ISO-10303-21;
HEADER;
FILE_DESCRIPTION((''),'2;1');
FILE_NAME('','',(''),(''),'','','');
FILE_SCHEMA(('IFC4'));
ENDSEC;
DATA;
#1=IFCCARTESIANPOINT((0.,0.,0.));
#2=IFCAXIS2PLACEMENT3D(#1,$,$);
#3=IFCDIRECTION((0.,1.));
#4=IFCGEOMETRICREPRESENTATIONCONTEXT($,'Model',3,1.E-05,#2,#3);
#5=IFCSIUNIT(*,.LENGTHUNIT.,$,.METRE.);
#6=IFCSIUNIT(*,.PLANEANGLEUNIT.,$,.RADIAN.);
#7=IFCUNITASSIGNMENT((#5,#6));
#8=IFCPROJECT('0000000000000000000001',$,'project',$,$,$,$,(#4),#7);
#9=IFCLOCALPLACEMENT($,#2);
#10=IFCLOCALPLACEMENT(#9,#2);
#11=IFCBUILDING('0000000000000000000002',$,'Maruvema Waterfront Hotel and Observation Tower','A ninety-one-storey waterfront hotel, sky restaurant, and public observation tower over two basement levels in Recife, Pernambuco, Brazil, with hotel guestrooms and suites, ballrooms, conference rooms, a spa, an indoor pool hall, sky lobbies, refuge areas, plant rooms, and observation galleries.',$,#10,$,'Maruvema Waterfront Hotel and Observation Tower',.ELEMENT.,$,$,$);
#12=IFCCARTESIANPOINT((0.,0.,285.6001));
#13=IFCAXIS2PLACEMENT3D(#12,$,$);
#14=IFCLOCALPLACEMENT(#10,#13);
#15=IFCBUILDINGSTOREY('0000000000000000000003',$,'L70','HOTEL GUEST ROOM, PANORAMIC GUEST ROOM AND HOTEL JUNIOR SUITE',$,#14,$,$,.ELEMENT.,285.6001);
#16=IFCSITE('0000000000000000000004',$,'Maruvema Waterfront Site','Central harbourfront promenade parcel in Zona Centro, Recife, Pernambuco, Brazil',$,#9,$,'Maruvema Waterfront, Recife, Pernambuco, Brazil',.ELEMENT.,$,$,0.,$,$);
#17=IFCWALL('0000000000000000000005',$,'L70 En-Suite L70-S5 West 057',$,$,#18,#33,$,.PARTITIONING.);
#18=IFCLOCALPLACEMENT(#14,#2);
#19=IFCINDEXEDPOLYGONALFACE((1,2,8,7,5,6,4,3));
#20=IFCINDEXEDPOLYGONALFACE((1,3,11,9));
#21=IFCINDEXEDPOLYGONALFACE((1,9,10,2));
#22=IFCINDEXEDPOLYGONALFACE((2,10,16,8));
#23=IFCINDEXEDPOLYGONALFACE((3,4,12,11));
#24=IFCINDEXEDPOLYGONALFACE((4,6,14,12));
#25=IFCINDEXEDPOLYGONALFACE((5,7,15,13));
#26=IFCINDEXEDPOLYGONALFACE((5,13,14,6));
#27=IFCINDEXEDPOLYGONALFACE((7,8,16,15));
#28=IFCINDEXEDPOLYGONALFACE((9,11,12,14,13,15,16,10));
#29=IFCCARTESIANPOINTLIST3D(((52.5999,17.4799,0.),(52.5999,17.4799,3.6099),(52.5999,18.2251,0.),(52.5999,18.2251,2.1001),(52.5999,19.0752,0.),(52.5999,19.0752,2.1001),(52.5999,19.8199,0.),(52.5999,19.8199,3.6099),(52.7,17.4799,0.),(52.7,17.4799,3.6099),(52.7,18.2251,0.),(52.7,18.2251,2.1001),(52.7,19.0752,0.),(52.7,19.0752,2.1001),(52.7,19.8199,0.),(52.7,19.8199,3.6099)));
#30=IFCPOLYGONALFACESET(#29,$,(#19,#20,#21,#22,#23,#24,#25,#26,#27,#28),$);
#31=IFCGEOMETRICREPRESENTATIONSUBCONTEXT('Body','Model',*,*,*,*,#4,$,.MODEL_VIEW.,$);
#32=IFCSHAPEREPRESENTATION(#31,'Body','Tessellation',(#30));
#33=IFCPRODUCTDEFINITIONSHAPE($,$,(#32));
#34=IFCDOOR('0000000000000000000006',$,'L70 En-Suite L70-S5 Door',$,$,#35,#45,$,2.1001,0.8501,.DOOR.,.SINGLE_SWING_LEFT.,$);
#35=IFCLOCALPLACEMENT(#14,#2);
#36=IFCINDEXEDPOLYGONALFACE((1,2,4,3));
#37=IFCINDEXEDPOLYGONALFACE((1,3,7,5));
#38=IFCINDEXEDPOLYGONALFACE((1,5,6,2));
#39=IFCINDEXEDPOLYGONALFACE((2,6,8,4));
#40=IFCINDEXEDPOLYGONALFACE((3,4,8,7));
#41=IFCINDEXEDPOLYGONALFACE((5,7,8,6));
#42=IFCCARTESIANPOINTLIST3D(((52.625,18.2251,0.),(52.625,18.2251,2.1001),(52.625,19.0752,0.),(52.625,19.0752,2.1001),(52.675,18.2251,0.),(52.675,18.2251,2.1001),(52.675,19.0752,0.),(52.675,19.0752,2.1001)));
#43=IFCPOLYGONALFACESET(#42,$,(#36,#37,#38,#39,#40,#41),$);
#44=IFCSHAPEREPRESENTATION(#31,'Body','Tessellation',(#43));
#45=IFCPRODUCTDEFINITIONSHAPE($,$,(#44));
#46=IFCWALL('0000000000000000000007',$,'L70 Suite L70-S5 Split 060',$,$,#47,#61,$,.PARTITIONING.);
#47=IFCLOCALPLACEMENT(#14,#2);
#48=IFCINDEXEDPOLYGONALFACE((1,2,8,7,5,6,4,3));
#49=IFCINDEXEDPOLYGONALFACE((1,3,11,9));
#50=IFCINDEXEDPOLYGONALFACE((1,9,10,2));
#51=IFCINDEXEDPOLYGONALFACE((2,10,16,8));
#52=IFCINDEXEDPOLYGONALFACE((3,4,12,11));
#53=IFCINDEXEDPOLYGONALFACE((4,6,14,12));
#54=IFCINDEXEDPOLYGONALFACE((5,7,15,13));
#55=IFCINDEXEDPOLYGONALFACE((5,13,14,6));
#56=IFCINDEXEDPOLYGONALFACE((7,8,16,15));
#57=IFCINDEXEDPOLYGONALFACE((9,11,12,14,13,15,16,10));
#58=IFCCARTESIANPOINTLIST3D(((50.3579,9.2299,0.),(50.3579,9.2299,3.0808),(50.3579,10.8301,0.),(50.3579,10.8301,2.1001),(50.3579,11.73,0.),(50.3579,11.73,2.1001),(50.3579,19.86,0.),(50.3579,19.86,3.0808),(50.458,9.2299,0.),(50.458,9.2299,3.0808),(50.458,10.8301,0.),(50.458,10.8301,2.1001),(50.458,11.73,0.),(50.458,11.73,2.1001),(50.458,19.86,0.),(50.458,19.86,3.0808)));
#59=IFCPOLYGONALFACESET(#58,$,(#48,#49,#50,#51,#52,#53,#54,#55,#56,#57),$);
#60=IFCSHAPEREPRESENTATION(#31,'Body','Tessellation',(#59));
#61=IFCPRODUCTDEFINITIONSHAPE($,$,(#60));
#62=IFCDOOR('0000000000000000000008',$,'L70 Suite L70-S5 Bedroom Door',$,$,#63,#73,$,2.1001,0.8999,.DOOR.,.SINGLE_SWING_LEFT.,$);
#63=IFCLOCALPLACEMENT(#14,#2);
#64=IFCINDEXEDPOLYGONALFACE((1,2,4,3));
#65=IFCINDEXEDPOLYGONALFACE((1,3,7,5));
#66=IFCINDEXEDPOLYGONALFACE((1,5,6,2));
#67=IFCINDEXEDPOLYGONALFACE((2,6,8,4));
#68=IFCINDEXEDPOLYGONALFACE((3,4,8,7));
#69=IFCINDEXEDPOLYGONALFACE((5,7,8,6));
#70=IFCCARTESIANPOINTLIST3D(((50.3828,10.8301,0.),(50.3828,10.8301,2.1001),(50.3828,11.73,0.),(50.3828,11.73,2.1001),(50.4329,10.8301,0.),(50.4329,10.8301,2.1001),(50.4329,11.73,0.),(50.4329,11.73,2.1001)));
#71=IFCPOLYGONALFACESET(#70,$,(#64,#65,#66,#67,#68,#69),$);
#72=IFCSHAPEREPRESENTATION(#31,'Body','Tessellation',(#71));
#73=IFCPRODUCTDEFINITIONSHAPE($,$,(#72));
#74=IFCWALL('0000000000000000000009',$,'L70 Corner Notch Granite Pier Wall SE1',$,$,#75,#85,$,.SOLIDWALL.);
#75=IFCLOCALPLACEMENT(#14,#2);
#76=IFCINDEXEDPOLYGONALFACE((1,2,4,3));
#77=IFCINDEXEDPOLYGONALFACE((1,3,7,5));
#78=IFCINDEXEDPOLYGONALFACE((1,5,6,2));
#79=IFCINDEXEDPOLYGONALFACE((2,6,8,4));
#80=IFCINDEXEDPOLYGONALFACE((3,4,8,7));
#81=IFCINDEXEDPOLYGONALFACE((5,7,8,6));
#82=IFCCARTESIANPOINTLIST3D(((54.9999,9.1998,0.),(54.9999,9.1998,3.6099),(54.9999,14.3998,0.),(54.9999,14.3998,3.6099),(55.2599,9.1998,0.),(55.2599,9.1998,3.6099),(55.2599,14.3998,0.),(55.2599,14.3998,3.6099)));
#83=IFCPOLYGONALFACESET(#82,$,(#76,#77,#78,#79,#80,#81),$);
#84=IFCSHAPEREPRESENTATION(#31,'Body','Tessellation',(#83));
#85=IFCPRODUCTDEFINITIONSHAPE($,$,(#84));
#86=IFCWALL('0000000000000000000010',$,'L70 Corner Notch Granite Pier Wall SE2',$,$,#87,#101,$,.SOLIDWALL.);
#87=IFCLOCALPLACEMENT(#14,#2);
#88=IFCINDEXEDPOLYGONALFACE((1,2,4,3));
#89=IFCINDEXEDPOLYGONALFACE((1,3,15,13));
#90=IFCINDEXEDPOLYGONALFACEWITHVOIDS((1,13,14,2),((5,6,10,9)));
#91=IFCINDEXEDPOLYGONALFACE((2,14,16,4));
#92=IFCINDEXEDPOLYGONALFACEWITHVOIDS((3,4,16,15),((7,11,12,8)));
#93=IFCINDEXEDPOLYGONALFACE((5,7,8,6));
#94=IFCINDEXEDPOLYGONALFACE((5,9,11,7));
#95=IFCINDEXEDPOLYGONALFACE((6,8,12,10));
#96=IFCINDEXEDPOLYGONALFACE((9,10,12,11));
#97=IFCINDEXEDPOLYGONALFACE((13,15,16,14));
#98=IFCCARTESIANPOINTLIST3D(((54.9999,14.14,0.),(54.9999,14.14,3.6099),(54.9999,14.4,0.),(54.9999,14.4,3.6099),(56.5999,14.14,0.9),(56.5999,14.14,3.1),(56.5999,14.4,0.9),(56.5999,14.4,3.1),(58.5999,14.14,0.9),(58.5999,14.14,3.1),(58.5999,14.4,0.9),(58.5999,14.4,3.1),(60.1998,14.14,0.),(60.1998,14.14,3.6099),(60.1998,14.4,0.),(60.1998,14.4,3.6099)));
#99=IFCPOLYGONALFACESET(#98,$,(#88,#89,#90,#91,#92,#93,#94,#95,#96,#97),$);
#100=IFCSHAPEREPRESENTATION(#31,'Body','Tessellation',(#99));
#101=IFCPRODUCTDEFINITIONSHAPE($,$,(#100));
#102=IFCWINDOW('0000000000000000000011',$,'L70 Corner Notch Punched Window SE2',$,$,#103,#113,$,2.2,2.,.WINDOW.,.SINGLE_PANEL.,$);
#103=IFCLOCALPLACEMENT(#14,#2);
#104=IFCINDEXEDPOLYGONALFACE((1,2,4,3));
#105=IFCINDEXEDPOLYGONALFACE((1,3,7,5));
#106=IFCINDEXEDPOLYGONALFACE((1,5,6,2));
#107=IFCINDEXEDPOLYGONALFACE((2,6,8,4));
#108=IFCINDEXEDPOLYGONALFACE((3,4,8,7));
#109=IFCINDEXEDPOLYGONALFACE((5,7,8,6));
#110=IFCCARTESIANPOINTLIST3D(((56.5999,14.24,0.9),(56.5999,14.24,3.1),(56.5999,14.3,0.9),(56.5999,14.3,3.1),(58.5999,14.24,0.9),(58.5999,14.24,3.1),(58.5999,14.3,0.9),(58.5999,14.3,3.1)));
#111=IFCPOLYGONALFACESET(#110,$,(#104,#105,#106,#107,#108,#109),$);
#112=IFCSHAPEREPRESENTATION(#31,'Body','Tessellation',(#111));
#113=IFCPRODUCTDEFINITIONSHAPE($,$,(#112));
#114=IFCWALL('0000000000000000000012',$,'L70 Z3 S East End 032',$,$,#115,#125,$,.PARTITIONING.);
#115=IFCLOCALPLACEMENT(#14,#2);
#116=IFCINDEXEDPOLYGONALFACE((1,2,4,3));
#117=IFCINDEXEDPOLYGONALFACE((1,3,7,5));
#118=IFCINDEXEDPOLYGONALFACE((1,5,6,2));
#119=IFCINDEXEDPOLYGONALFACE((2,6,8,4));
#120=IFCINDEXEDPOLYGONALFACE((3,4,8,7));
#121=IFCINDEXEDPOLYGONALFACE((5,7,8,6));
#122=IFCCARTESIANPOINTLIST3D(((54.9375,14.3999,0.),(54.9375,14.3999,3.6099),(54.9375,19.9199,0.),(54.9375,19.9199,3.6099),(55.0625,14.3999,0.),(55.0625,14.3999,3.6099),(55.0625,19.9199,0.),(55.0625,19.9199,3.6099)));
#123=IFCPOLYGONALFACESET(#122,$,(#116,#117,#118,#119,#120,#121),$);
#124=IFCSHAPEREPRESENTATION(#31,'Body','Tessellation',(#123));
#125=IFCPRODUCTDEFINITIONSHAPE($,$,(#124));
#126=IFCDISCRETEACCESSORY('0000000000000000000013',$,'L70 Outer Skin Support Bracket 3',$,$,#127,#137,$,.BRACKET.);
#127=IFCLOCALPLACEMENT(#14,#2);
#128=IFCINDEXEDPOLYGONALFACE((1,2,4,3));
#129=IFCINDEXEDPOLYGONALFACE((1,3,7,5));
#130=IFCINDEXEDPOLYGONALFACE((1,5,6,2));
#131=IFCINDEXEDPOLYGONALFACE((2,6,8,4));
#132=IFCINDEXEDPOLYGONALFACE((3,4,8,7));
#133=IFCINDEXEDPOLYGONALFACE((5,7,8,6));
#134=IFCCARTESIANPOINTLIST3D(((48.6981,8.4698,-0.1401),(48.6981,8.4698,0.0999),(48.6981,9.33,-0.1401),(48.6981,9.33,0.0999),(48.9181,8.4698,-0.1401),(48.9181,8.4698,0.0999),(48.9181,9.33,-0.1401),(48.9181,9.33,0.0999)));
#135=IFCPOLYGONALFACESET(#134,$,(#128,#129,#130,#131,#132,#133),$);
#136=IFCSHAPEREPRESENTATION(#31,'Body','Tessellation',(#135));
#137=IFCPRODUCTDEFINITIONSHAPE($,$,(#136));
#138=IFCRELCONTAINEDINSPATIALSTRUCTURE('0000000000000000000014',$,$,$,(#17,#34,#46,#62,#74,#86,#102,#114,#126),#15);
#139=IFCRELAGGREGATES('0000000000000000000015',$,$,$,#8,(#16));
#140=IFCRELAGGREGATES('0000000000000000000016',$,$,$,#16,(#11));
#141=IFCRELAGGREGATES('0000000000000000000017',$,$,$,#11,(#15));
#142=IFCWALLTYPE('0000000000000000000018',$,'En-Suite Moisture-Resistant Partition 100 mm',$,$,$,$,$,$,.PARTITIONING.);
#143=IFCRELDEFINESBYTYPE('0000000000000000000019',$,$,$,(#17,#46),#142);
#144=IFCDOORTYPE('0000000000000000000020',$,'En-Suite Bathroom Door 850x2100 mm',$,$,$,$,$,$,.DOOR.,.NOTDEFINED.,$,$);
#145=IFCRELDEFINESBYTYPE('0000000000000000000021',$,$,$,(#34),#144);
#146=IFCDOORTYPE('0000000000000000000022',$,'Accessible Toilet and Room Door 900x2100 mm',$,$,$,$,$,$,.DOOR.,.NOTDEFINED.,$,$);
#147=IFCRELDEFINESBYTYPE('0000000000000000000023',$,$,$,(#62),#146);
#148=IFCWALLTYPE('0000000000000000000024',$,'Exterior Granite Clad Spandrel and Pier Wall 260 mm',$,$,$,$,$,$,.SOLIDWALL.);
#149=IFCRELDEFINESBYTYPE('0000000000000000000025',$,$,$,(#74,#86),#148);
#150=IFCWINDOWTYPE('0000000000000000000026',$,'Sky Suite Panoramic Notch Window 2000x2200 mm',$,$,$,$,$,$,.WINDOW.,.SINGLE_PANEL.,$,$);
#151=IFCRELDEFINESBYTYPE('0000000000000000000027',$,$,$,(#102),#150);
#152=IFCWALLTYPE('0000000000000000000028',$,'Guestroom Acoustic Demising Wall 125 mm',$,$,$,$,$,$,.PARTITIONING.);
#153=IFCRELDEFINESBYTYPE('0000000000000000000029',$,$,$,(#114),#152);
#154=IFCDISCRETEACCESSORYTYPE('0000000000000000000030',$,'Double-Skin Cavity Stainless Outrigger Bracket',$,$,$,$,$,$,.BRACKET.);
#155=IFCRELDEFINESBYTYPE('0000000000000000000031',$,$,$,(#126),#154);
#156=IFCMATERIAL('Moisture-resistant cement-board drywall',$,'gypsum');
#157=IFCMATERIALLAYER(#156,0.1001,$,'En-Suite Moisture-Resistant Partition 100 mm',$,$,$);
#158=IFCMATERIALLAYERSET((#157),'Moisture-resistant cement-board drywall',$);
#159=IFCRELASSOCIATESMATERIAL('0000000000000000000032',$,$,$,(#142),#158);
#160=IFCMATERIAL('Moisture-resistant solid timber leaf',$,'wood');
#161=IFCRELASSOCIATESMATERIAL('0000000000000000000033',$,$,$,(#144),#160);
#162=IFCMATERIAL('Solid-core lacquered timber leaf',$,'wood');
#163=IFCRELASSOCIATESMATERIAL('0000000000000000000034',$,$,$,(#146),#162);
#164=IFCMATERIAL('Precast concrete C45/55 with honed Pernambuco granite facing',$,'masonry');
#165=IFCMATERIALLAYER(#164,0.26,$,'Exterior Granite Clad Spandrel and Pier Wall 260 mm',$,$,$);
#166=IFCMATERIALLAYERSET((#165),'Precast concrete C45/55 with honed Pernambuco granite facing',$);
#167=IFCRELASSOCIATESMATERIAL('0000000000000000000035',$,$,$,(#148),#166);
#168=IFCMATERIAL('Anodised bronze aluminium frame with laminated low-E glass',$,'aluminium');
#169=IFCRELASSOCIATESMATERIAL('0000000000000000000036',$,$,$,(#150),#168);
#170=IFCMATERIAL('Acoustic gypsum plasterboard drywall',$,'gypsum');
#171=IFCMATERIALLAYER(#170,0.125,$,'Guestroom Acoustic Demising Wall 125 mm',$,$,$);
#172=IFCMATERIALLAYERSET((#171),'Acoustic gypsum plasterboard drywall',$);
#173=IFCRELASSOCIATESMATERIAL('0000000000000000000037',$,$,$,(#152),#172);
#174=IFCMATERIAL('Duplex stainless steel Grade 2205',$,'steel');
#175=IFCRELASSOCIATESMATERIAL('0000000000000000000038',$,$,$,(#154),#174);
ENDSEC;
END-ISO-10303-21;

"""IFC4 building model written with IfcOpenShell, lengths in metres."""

from ifc_helpers import new_model, si_unit, direction, frame, frame_2d, origin, origin_2d, place, context, subcontext, project, spatial, rectangle, extrude, material, layer, layer_set, type_object, element, fill, save


model = new_model("IFC4")

# Units and contexts
model_context = context("Model", 3, precision=1e-05, world=origin(), true_north=direction((0.0, 1.0)))
body_context = subcontext(model_context, "Body", "Model", "MODEL_VIEW")
ifc_project = project(units=[si_unit("LENGTHUNIT", "METRE"), si_unit("PLANEANGLEUNIT", "RADIAN")], contexts=[model_context])

# Site, building, storey
site_placement = place(None, origin())
site = spatial("IfcSite", under=ifc_project, at=site_placement, Name="Maruvema Waterfront Site", Description="Central harbourfront promenade parcel in Zona Centro, Recife, Pernambuco, Brazil", LongName="Maruvema Waterfront, Recife, Pernambuco, Brazil", CompositionType="ELEMENT", RefElevation=0.0)
building_placement = place(site_placement, origin())
building = spatial("IfcBuilding", under=site, at=building_placement, Name="Maruvema Waterfront Hotel and Observation Tower", Description="A ninety-one-storey waterfront hotel, sky restaurant, and public observation tower over two basement levels in Recife, Pernambuco, Brazil, with hotel guestrooms and suites, ballrooms, conference rooms, a spa, an indoor pool hall, sky lobbies, refuge areas, plant rooms, and observation galleries.", LongName="Maruvema Waterfront Hotel and Observation Tower", CompositionType="ELEMENT")
storey_placement = place(building_placement, frame((0.0, 0.0, 285.6001)))
storey = spatial("IfcBuildingStorey", under=building, at=storey_placement, Name="L70", Description="HOTEL GUEST ROOM, PANORAMIC GUEST ROOM AND HOTEL JUNIOR SUITE", CompositionType="ELEMENT", Elevation=285.6001)

# Shared definitions
ifc_material_1 = material(Name="Moisture-resistant cement-board drywall", Category="gypsum")
ifc_layer_1 = layer(ifc_material_1, 0.1001, Name="En-Suite Moisture-Resistant Partition 100 mm")
ifc_layer_set_1 = layer_set([ifc_layer_1], Name="Moisture-resistant cement-board drywall")
wall_type_1 = type_object("IfcWallType", Name="En-Suite Moisture-Resistant Partition 100 mm", PredefinedType="PARTITIONING", material=ifc_layer_set_1)

# Walls, openings, doors
wall_1_placement = place(storey_placement, frame((52.6499, 17.48, 0.0), z_axis=(0.0, 0.0, 1.0), x_axis=(0.0, 1.0, 0.0)))
wall_1 = element("IfcWall", 1, at=wall_1_placement, inside=storey, type_object=wall_type_1, Name="L70 En-Suite L70-S5 West 057", PredefinedType="PARTITIONING", context=body_context, shape_type="SweptSolid", body=[
    extrude(rectangle(XDim=2.3401, YDim=0.1001, at=frame_2d((1.1699, 0.0))), origin(), (0.0, 0.0, 1.0), 3.6099),
])
opening_1_placement = place(wall_1_placement, frame((0.7451, 0.0, 0.0)))
opening_1 = element("IfcOpeningElement", 2, at=opening_1_placement, cuts=wall_1, PredefinedType="OPENING", context=body_context, shape_type="SweptSolid", body=[
    extrude(rectangle(XDim=0.8501, YDim=2.1001, at=frame_2d((0.425, 1.05))), frame((0.0, 0.0601, 0.0), z_axis=(0.0, -1.0, 0.0), x_axis=(1.0, 0.0, 0.0)), (0.0, 0.0, 1.0), 0.1201),
])
ifc_material_2 = material(Name="Moisture-resistant solid timber leaf", Category="wood")
door_type_1 = type_object("IfcDoorType", Name="En-Suite Bathroom Door 850x2100 mm", OperationType="NOTDEFINED", PredefinedType="DOOR", material=ifc_material_2)
door_1_placement = place(opening_1_placement, origin())
door_1 = element("IfcDoor", 3, at=door_1_placement, inside=storey, type_object=door_type_1, Name="L70 En-Suite L70-S5 Door", OperationType="SINGLE_SWING_LEFT", OverallHeight=2.1001, OverallWidth=0.8501, PredefinedType="DOOR", context=body_context, shape_type="SweptSolid", body=[
    extrude(rectangle(XDim=0.8501, YDim=2.1001, at=frame_2d((0.425, 1.05))), frame((0.0, 0.0249, 0.0), z_axis=(0.0, -1.0, 0.0), x_axis=(1.0, 0.0, 0.0)), (0.0, 0.0, 1.0), 0.05),
])
fill(opening_1, door_1)
wall_2_placement = place(storey_placement, frame((50.408, 9.23, 0.0), z_axis=(0.0, 0.0, 1.0), x_axis=(0.0, 1.0, 0.0)))
wall_2 = element("IfcWall", 4, at=wall_2_placement, inside=storey, type_object=wall_type_1, Name="L70 Suite L70-S5 Split 060", PredefinedType="PARTITIONING", context=body_context, shape_type="SweptSolid", body=[
    extrude(rectangle(XDim=10.6301, YDim=0.1001, at=frame_2d((5.3149, 0.0))), origin(), (0.0, 0.0, 1.0), 3.0808),
])
opening_2_placement = place(wall_2_placement, frame((1.6001, 0.0, 0.0)))
opening_2 = element("IfcOpeningElement", 5, at=opening_2_placement, cuts=wall_2, PredefinedType="OPENING", context=body_context, shape_type="SweptSolid", body=[
    extrude(rectangle(XDim=0.8999, YDim=2.1001, at=frame_2d((0.45, 1.05))), frame((0.0, 0.0601, 0.0), z_axis=(0.0, -1.0, 0.0), x_axis=(1.0, 0.0, 0.0)), (0.0, 0.0, 1.0), 0.1201),
])
ifc_material_3 = material(Name="Solid-core lacquered timber leaf", Category="wood")
door_type_2 = type_object("IfcDoorType", Name="Accessible Toilet and Room Door 900x2100 mm", OperationType="NOTDEFINED", PredefinedType="DOOR", material=ifc_material_3)
door_2_placement = place(opening_2_placement, frame((0.8999, 0.0, 0.0), z_axis=(0.0, 0.0, 1.0), x_axis=(-1.0, 0.0, 0.0)))
door_2 = element("IfcDoor", 6, at=door_2_placement, inside=storey, type_object=door_type_2, Name="L70 Suite L70-S5 Bedroom Door", OperationType="SINGLE_SWING_LEFT", OverallHeight=2.1001, OverallWidth=0.8999, PredefinedType="DOOR", context=body_context, shape_type="SweptSolid", body=[
    extrude(rectangle(XDim=0.8999, YDim=2.1001, at=frame_2d((0.45, 1.05))), frame((0.0, 0.0249, 0.0), z_axis=(0.0, -1.0, 0.0), x_axis=(1.0, 0.0, 0.0)), (0.0, 0.0, 1.0), 0.05),
])
fill(opening_2, door_2)

# Wall
ifc_material_4 = material(Name="Precast concrete C45/55 with honed Pernambuco granite facing", Category="masonry")
ifc_layer_2 = layer(ifc_material_4, 0.26, Name="Exterior Granite Clad Spandrel and Pier Wall 260 mm")
ifc_layer_set_2 = layer_set([ifc_layer_2], Name="Precast concrete C45/55 with honed Pernambuco granite facing")
wall_type_2 = type_object("IfcWallType", Name="Exterior Granite Clad Spandrel and Pier Wall 260 mm", PredefinedType="SOLIDWALL", material=ifc_layer_set_2)
wall_3_placement = place(storey_placement, frame((55.1299, 14.3999, 0.0), z_axis=(0.0, 0.0, 1.0), x_axis=(0.0, -1.0, 0.0)))
element("IfcWall", 7, at=wall_3_placement, inside=storey, type_object=wall_type_2, Name="L70 Corner Notch Granite Pier Wall SE1", PredefinedType="SOLIDWALL", context=body_context, shape_type="SweptSolid", body=[
    extrude(rectangle(XDim=5.2, YDim=0.26, at=frame_2d((2.6001, 0.0))), origin(), (0.0, 0.0, 1.0), 3.6099),
])

# Wall, opening, window
wall_4_placement = place(storey_placement, frame((60.2, 14.27, 0.0), z_axis=(0.0, 0.0, 1.0), x_axis=(-1.0, 0.0, 0.0)))
wall_4 = element("IfcWall", 8, at=wall_4_placement, inside=storey, type_object=wall_type_2, Name="L70 Corner Notch Granite Pier Wall SE2", PredefinedType="SOLIDWALL", context=body_context, shape_type="SweptSolid", body=[
    extrude(rectangle(XDim=5.2, YDim=0.26, at=frame_2d((2.6001, 0.0))), origin(), (0.0, 0.0, 1.0), 3.6099),
])
opening_3_placement = place(wall_4_placement, frame((1.6001, 0.0, 0.8999)))
opening_3 = element("IfcOpeningElement", 9, at=opening_3_placement, cuts=wall_4, PredefinedType="OPENING", context=body_context, shape_type="SweptSolid", body=[
    extrude(rectangle(XDim=2.0, YDim=2.2, at=frame_2d((1.0, 1.1001))), frame((0.0, 0.1401, 0.0), z_axis=(0.0, -1.0, 0.0), x_axis=(1.0, 0.0, 0.0)), (0.0, 0.0, 1.0), 0.28),
])
ifc_material_5 = material(Name="Anodised bronze aluminium frame with laminated low-E glass", Category="aluminium")
window_type = type_object("IfcWindowType", Name="Sky Suite Panoramic Notch Window 2000x2200 mm", PartitioningType="SINGLE_PANEL", PredefinedType="WINDOW", material=ifc_material_5)
window_placement = place(opening_3_placement, origin())
window = element("IfcWindow", 10, at=window_placement, inside=storey, type_object=window_type, Name="L70 Corner Notch Punched Window SE2", OverallHeight=2.2, OverallWidth=2.0, PartitioningType="SINGLE_PANEL", PredefinedType="WINDOW", context=body_context, shape_type="SweptSolid", body=[
    extrude(rectangle(XDim=2.0, YDim=2.2, at=frame_2d((1.0, 1.1001))), frame((0.0, 0.03, 0.0), z_axis=(0.0, -1.0, 0.0), x_axis=(1.0, 0.0, 0.0)), (0.0, 0.0, 1.0), 0.0601),
])
fill(opening_3, window)

# Wall
ifc_material_6 = material(Name="Acoustic gypsum plasterboard drywall", Category="gypsum")
ifc_layer_3 = layer(ifc_material_6, 0.125, Name="Guestroom Acoustic Demising Wall 125 mm")
ifc_layer_set_3 = layer_set([ifc_layer_3], Name="Acoustic gypsum plasterboard drywall")
wall_type_3 = type_object("IfcWallType", Name="Guestroom Acoustic Demising Wall 125 mm", PredefinedType="PARTITIONING", material=ifc_layer_set_3)
wall_5_placement = place(storey_placement, frame((55.0, 14.3999, 0.0), z_axis=(0.0, 0.0, 1.0), x_axis=(0.0, 1.0, 0.0)))
element("IfcWall", 11, at=wall_5_placement, inside=storey, type_object=wall_type_3, Name="L70 Z3 S East End 032", PredefinedType="PARTITIONING", context=body_context, shape_type="SweptSolid", body=[
    extrude(rectangle(XDim=5.52, YDim=0.125, at=frame_2d((2.76, 0.0))), origin(), (0.0, 0.0, 1.0), 3.6099),
])

# Discrete accessory
ifc_material_7 = material(Name="Duplex stainless steel Grade 2205", Category="steel")
discrete_accessory_type = type_object("IfcDiscreteAccessoryType", Name="Double-Skin Cavity Stainless Outrigger Bracket", PredefinedType="BRACKET", material=ifc_material_7)
discrete_accessory_placement = place(storey_placement, frame((48.8081, 8.8999, -0.1401), z_axis=(0.0, 0.0, 1.0), x_axis=(1.0, 0.0, 0.0)))
element("IfcDiscreteAccessory", 12, at=discrete_accessory_placement, inside=storey, type_object=discrete_accessory_type, Name="L70 Outer Skin Support Bracket 3", PredefinedType="BRACKET", context=body_context, shape_type="SweptSolid", body=[
    extrude(rectangle(XDim=0.22, YDim=0.8601, at=origin_2d()), origin(), (0.0, 0.0, 1.0), 0.24),
])

save(model, "model.ifc")
